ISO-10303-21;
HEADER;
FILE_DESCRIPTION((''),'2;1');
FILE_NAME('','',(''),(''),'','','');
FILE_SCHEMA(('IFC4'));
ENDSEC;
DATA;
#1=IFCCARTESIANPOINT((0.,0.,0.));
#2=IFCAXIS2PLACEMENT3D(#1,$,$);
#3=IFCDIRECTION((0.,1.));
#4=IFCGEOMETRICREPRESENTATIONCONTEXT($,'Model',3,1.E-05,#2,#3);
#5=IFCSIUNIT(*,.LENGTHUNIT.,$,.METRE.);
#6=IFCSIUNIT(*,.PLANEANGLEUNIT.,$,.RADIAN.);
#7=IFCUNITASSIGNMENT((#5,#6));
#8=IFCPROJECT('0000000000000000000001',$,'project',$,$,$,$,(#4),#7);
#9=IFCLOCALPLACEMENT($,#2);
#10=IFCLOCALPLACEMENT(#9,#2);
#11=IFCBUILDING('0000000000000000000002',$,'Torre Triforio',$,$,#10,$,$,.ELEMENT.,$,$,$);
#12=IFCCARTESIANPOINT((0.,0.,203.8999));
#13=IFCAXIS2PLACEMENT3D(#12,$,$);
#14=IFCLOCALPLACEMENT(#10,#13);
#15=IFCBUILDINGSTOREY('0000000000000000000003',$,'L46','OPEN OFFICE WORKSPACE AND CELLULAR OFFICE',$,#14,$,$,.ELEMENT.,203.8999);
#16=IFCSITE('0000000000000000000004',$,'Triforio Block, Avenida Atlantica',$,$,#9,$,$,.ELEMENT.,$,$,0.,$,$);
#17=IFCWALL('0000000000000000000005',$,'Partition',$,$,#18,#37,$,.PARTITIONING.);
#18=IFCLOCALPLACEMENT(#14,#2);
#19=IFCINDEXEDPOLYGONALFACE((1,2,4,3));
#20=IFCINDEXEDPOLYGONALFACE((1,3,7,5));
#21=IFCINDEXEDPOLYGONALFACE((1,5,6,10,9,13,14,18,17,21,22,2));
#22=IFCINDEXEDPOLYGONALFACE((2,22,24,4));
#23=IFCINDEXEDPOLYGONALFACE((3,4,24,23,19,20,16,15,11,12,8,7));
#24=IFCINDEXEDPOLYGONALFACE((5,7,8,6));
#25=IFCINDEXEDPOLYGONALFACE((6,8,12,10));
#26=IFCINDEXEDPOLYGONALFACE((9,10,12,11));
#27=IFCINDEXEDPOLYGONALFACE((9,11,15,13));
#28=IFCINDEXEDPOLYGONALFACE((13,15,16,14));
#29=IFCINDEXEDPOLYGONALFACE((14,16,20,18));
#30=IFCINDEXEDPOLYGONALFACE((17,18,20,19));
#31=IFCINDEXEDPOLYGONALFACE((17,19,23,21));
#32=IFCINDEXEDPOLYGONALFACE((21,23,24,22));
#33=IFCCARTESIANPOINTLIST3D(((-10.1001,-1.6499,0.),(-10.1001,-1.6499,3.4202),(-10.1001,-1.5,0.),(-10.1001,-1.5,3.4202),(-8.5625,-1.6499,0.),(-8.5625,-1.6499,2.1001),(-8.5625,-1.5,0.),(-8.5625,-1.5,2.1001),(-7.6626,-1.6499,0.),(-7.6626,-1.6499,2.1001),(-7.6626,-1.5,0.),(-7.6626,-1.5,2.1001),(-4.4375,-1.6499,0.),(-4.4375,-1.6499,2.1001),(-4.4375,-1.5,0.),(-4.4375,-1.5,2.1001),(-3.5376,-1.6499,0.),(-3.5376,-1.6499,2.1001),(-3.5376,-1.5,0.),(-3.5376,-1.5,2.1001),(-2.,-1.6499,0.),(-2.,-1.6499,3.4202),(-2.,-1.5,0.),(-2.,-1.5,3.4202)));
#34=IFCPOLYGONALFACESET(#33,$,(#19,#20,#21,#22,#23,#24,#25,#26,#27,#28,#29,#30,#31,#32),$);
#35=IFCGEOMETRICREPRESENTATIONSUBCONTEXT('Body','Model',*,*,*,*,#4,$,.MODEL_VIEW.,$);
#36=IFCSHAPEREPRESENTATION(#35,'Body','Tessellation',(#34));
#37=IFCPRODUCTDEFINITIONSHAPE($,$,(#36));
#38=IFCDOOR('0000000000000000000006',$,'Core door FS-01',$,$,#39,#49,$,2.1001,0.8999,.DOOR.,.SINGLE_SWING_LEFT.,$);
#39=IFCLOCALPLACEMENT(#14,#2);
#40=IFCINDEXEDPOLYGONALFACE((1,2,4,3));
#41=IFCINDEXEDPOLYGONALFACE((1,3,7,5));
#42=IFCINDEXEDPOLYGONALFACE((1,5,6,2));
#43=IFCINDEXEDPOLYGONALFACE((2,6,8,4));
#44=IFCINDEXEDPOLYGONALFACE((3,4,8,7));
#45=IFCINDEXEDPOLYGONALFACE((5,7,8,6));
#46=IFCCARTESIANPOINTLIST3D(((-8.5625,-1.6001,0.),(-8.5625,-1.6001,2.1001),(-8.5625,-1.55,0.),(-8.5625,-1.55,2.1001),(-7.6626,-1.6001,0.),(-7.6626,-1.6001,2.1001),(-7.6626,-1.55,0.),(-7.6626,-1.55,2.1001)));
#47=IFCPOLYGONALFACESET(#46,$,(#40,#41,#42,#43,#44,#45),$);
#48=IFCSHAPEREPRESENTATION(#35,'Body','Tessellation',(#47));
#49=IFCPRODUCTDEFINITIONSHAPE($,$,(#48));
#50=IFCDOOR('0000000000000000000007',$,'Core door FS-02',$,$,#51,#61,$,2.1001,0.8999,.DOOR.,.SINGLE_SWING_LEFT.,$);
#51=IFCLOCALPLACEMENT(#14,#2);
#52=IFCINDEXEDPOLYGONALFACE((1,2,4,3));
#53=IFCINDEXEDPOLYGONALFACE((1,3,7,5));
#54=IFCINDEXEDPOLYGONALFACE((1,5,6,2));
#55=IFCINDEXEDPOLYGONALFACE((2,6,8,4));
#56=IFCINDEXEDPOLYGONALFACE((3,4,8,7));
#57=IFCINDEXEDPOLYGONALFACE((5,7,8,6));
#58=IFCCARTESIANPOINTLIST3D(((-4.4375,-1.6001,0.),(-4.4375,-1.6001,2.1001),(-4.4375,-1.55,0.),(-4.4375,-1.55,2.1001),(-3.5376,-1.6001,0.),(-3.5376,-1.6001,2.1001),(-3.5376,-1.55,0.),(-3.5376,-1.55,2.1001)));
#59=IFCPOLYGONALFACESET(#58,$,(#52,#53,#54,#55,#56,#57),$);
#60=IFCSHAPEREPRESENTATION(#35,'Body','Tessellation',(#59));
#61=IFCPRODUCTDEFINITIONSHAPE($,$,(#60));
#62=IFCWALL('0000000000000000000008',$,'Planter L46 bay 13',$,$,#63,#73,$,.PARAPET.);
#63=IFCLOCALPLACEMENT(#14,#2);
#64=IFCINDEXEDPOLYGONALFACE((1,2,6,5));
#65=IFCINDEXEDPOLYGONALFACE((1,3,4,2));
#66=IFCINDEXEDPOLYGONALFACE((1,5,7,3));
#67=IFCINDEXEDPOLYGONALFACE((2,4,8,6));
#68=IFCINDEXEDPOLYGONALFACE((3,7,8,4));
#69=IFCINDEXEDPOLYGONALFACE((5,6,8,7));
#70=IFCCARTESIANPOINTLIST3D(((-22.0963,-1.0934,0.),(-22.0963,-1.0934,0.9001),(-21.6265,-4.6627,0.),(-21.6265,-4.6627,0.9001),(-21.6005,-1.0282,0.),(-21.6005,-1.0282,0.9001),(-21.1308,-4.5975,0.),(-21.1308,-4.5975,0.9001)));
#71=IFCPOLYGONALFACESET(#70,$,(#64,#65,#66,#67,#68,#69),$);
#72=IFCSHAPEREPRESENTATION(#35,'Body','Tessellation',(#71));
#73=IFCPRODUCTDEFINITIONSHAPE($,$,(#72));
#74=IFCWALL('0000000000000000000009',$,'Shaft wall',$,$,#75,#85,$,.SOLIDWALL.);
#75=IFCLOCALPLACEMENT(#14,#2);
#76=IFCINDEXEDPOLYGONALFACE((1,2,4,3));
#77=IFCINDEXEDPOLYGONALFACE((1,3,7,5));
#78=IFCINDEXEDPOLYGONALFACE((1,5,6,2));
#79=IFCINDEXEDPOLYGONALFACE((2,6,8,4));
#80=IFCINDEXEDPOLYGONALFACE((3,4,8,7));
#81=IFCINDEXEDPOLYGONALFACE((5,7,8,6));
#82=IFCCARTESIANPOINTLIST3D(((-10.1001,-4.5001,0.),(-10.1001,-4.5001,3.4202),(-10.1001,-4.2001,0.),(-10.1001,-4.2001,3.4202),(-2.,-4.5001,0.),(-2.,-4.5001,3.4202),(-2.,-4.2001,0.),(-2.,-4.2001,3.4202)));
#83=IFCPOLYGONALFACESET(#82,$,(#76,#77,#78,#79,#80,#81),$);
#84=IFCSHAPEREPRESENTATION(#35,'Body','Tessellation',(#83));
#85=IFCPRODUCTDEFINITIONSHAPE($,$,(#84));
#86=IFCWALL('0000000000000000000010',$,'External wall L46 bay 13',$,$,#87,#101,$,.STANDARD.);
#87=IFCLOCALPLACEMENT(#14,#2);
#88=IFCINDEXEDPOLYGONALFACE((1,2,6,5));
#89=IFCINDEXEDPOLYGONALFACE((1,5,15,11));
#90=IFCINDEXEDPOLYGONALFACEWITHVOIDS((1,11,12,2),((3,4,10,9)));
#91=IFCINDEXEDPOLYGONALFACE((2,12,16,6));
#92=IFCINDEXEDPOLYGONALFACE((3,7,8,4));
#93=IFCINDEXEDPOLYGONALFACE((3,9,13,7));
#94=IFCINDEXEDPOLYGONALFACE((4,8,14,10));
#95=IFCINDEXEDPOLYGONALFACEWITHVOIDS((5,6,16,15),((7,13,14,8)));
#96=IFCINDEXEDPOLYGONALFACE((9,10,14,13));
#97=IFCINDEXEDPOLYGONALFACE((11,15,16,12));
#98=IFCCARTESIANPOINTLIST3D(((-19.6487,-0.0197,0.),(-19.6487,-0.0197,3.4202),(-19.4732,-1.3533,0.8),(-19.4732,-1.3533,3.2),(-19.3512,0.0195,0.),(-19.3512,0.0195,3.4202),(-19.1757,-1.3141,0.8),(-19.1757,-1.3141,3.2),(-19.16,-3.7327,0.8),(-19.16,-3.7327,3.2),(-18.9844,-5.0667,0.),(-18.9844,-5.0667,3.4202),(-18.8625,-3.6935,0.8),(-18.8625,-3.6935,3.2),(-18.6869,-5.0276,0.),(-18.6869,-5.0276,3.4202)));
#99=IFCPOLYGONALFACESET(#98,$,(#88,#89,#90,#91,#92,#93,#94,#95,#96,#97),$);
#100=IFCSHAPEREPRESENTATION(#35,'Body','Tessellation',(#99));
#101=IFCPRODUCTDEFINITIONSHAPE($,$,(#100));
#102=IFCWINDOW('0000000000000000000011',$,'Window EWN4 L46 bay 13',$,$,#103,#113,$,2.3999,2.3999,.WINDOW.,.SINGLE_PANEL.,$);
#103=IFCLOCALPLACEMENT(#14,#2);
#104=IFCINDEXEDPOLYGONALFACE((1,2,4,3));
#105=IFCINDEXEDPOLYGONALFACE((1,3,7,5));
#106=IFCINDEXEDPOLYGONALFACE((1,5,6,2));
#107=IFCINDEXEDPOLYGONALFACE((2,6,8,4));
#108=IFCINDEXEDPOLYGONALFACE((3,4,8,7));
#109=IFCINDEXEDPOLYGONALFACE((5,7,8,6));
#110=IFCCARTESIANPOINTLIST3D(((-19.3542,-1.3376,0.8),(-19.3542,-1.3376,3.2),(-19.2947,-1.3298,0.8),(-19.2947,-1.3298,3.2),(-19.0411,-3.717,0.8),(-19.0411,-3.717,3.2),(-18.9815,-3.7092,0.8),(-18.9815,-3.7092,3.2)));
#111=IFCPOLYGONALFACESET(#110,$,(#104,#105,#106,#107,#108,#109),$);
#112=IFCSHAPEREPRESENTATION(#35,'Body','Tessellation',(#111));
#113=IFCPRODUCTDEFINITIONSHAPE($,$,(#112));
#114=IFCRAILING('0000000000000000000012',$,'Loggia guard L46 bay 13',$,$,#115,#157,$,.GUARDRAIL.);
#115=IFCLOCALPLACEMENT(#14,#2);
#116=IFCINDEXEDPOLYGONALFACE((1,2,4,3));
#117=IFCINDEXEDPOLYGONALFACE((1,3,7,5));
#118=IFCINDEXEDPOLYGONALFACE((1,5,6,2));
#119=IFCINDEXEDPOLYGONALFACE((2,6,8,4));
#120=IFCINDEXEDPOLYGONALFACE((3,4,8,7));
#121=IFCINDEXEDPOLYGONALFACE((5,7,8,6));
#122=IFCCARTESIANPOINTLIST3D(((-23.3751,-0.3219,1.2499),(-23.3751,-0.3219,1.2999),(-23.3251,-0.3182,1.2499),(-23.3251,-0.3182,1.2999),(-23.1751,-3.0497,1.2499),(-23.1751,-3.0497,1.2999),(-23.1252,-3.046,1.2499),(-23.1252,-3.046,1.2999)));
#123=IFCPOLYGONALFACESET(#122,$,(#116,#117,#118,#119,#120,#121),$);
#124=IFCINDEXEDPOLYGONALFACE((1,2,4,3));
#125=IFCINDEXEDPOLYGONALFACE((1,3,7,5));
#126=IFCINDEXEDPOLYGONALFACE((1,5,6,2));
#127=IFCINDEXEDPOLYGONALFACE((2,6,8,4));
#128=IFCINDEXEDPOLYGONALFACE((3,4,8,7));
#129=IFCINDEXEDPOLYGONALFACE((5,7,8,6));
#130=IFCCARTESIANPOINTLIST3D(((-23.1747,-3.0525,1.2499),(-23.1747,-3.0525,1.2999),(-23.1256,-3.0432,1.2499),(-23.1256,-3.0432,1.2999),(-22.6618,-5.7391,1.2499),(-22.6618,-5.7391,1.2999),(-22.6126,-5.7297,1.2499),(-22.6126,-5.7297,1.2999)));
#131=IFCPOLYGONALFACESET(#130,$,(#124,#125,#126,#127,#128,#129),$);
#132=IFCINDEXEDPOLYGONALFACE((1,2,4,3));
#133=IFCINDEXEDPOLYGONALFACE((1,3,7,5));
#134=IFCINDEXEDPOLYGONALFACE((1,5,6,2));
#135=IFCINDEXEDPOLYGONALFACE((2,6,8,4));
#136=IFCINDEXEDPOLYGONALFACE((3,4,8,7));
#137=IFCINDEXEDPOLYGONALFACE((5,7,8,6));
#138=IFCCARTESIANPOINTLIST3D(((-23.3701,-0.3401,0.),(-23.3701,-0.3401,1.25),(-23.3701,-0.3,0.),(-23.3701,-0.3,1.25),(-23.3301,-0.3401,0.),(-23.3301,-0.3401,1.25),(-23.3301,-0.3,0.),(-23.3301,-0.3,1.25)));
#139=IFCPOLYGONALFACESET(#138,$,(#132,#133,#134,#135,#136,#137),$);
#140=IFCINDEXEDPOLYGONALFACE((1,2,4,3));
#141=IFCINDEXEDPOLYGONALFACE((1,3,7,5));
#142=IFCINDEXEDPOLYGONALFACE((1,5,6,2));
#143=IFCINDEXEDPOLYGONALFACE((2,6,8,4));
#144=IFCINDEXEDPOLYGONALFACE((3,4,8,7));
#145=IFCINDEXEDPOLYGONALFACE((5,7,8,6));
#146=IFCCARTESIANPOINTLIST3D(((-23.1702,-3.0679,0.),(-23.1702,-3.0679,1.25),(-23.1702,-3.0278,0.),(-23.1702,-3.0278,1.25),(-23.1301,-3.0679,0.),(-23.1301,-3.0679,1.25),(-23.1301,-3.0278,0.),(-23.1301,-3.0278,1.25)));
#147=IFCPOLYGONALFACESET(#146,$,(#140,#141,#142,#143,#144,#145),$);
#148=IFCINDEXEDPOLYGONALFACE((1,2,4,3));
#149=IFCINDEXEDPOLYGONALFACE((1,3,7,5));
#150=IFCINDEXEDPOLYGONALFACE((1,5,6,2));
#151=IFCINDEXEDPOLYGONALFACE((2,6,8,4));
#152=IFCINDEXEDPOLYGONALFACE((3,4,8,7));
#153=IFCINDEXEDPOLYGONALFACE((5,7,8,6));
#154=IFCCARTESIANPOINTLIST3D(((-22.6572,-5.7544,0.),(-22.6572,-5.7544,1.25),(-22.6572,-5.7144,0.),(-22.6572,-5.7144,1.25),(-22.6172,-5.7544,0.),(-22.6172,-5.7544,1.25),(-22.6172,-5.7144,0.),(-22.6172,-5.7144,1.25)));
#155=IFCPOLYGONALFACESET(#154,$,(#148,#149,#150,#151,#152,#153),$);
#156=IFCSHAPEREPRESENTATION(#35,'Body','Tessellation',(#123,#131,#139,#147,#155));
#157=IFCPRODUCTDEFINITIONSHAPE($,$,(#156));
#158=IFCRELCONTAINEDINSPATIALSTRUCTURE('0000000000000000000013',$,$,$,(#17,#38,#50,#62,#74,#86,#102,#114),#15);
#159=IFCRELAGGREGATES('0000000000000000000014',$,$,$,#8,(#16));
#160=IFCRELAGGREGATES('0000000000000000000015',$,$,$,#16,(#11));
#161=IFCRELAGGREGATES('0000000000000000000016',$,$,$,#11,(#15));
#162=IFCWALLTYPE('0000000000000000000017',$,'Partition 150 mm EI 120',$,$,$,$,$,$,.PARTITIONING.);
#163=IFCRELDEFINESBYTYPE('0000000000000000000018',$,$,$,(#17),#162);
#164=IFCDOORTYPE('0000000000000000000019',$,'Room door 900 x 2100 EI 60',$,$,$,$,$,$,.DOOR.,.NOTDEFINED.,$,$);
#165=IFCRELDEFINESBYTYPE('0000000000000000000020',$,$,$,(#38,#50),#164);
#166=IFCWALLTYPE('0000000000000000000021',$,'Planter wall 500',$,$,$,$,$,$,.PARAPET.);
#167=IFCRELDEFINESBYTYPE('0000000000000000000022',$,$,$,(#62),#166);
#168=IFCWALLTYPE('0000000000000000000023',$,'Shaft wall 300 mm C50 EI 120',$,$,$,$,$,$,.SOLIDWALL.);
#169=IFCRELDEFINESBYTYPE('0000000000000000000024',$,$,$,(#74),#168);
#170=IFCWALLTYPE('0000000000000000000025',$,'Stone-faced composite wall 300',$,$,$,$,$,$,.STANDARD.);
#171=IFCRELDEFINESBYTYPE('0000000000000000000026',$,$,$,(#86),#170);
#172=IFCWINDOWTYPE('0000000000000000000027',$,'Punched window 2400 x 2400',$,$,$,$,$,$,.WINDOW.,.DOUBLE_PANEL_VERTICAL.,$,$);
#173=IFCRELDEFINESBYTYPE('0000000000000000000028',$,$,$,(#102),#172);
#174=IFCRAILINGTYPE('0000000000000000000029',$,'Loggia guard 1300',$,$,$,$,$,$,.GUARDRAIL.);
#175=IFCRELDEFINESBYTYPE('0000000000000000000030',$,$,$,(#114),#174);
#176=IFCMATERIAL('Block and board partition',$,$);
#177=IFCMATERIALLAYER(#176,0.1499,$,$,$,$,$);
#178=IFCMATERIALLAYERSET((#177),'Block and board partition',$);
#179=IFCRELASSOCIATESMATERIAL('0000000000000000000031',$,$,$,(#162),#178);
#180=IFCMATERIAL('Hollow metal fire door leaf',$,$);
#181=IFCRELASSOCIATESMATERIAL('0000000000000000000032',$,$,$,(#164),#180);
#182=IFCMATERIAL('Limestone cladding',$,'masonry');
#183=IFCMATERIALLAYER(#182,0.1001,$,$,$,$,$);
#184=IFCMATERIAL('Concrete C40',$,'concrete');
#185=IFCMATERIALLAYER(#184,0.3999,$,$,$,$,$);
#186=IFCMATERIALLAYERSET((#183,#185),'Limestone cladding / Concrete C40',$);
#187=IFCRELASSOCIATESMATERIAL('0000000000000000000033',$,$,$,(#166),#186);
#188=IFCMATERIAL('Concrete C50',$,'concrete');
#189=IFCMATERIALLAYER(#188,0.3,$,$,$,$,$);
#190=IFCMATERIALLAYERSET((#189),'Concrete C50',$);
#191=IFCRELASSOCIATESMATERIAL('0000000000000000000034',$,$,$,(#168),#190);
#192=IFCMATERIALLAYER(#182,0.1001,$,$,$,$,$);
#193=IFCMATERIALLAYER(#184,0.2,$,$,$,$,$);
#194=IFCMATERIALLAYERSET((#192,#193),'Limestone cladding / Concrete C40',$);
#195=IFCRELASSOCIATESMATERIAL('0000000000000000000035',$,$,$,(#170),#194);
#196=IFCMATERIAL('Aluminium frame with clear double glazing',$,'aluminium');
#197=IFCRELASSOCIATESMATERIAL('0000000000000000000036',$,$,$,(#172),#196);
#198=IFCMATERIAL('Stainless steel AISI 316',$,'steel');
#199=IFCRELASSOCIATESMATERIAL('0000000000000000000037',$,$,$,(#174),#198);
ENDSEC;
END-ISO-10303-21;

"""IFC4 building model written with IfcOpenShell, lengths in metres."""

from ifc_helpers import new_model, si_unit, direction, frame, frame_2d, origin, origin_2d, place, context, subcontext, project, spatial, rectangle, extrude, material, layer, layer_set, type_object, element, fill, save


model = new_model("IFC4")

# Units and contexts
model_context = context("Model", 3, precision=1e-05, world=origin(), true_north=direction((0.0, 1.0)))
body_context = subcontext(model_context, "Body", "Model", "MODEL_VIEW")
ifc_project = project(units=[si_unit("LENGTHUNIT", "METRE"), si_unit("PLANEANGLEUNIT", "RADIAN")], contexts=[model_context])

# Site, building, storey
site_placement = place(None, origin())
site = spatial("IfcSite", under=ifc_project, at=site_placement, Name="Triforio Block, Avenida Atlantica", CompositionType="ELEMENT", RefElevation=0.0)
building_placement = place(site_placement, origin())
building = spatial("IfcBuilding", under=site, at=building_placement, Name="Torre Triforio", CompositionType="ELEMENT")
storey_placement = place(building_placement, frame((0.0, 0.0, 203.8999)))
storey = spatial("IfcBuildingStorey", under=building, at=storey_placement, Name="L46", Description="OPEN OFFICE WORKSPACE AND CELLULAR OFFICE", CompositionType="ELEMENT", Elevation=203.8999)

# Shared definitions
ifc_material_1 = material(Name="Concrete C50", Category="concrete")

# Shared definitions
ifc_material_2 = material(Name="Concrete C40", Category="concrete")

# Shared definitions
ifc_material_3 = material(Name="Hollow metal fire door leaf")

# Wall, openings, doors
ifc_material_4 = material(Name="Block and board partition")
ifc_layer_1 = layer(ifc_material_4, 0.1499)
ifc_layer_set_1 = layer_set([ifc_layer_1], Name="Block and board partition")
wall_type_1 = type_object("IfcWallType", Name="Partition 150 mm EI 120", PredefinedType="PARTITIONING", material=ifc_layer_set_1)
wall_1_placement = place(storey_placement, frame((-10.1001, -1.575, 0.0), z_axis=(0.0, 0.0, 1.0), x_axis=(1.0, 0.0, 0.0)))
wall_1 = element("IfcWall", 1, at=wall_1_placement, inside=storey, type_object=wall_type_1, Name="Partition", PredefinedType="PARTITIONING", context=body_context, shape_type="SweptSolid", body=[
    extrude(rectangle(XDim=8.1001, YDim=0.1499, at=frame_2d((4.05, 0.0))), origin(), (0.0, 0.0, 1.0), 3.4202),
])
opening_1_placement = place(wall_1_placement, frame((1.5376, 0.0, 0.0)))
opening_1 = element("IfcOpeningElement", 2, at=opening_1_placement, cuts=wall_1, PredefinedType="OPENING", context=body_context, shape_type="SweptSolid", body=[
    extrude(rectangle(XDim=0.8999, YDim=2.1001, at=frame_2d((0.45, 1.05))), frame((0.0, 0.085, 0.0), z_axis=(0.0, -1.0, 0.0), x_axis=(1.0, 0.0, 0.0)), (0.0, 0.0, 1.0), 0.1699),
])
opening_2_placement = place(wall_1_placement, frame((5.6626, 0.0, 0.0)))
opening_2 = element("IfcOpeningElement", 3, at=opening_2_placement, cuts=wall_1, PredefinedType="OPENING", context=body_context, shape_type="SweptSolid", body=[
    extrude(rectangle(XDim=0.8999, YDim=2.1001, at=frame_2d((0.45, 1.05))), frame((0.0, 0.085, 0.0), z_axis=(0.0, -1.0, 0.0), x_axis=(1.0, 0.0, 0.0)), (0.0, 0.0, 1.0), 0.1699),
])
door_type_1 = type_object("IfcDoorType", Name="Room door 900 x 2100 EI 60", OperationType="NOTDEFINED", PredefinedType="DOOR", material=ifc_material_3)
door_1_placement = place(opening_1_placement, origin())
door_1 = element("IfcDoor", 4, at=door_1_placement, inside=storey, type_object=door_type_1, Name="Core door FS-01", OperationType="SINGLE_SWING_LEFT", OverallHeight=2.1001, OverallWidth=0.8999, PredefinedType="DOOR", context=body_context, shape_type="SweptSolid", body=[
    extrude(rectangle(XDim=0.8999, YDim=2.1001, at=frame_2d((0.45, 1.05))), frame((0.0, 0.0249, 0.0), z_axis=(0.0, -1.0, 0.0), x_axis=(1.0, 0.0, 0.0)), (0.0, 0.0, 1.0), 0.05),
])
fill(opening_1, door_1)
door_2_placement = place(opening_2_placement, origin())
door_2 = element("IfcDoor", 5, at=door_2_placement, inside=storey, type_object=door_type_1, Name="Core door FS-02", OperationType="SINGLE_SWING_LEFT", OverallHeight=2.1001, OverallWidth=0.8999, PredefinedType="DOOR", context=body_context, shape_type="SweptSolid", body=[
    extrude(rectangle(XDim=0.8999, YDim=2.1001, at=frame_2d((0.45, 1.05))), frame((0.0, 0.0249, 0.0), z_axis=(0.0, -1.0, 0.0), x_axis=(1.0, 0.0, 0.0)), (0.0, 0.0, 1.0), 0.05),
])
fill(opening_2, door_2)

# Walls
ifc_material_5 = material(Name="Limestone cladding", Category="masonry")
ifc_layer_2 = layer(ifc_material_5, 0.1001)
ifc_layer_3 = layer(ifc_material_2, 0.3999)
ifc_layer_set_2 = layer_set([ifc_layer_2, ifc_layer_3], Name="Limestone cladding / Concrete C40")
wall_type_2 = type_object("IfcWallType", Name="Planter wall 500", PredefinedType="PARAPET", material=ifc_layer_set_2)
wall_2_placement = place(storey_placement, frame((-21.8484, -1.0608, 0.0), z_axis=(0.0, 0.0, 1.0), x_axis=(0.130476, -0.991452, 0.0)))
element("IfcWall", 6, at=wall_2_placement, inside=storey, type_object=wall_type_2, Name="Planter L46 bay 13", PredefinedType="PARAPET", context=body_context, shape_type="SweptSolid", body=[
    extrude(rectangle(XDim=3.6001, YDim=0.5, at=frame_2d((1.8, 0.0))), origin(), (0.0, 0.0, 1.0), 0.9001),
])
ifc_layer_4 = layer(ifc_material_1, 0.3)
ifc_layer_set_3 = layer_set([ifc_layer_4], Name="Concrete C50")
wall_type_3 = type_object("IfcWallType", Name="Shaft wall 300 mm C50 EI 120", PredefinedType="SOLIDWALL", material=ifc_layer_set_3)
wall_3_placement = place(storey_placement, frame((-10.1001, -4.3501, 0.0), z_axis=(0.0, 0.0, 1.0), x_axis=(1.0, 0.0, 0.0)))
element("IfcWall", 7, at=wall_3_placement, inside=storey, type_object=wall_type_3, Name="Shaft wall", PredefinedType="SOLIDWALL", context=body_context, shape_type="SweptSolid", body=[
    extrude(rectangle(XDim=8.1001, YDim=0.3, at=frame_2d((4.05, 0.0))), origin(), (0.0, 0.0, 1.0), 3.4202),
])

# Wall, opening, window
ifc_layer_5 = layer(ifc_material_5, 0.1001)
ifc_layer_6 = layer(ifc_material_2, 0.2)
ifc_layer_set_4 = layer_set([ifc_layer_5, ifc_layer_6], Name="Limestone cladding / Concrete C40")
wall_type_4 = type_object("IfcWallType", Name="Stone-faced composite wall 300", PredefinedType="STANDARD", material=ifc_layer_set_4)
wall_4_placement = place(storey_placement, frame((-19.5, 0.0, 0.0), z_axis=(0.0, 0.0, 1.0), x_axis=(0.130495, -0.991449, 0.0)))
wall_4 = element("IfcWall", 8, at=wall_4_placement, inside=storey, type_object=wall_type_4, Name="External wall L46 bay 13", PredefinedType="STANDARD", context=body_context, shape_type="SweptSolid", body=[
    extrude(rectangle(XDim=5.0906, YDim=0.3, at=frame_2d((2.5454, 0.0))), origin(), (0.0, 0.0, 1.0), 3.4202),
])
opening_3_placement = place(wall_4_placement, frame((1.3452, 0.0, 0.8)))
opening_3 = element("IfcOpeningElement", 9, at=opening_3_placement, cuts=wall_4, PredefinedType="OPENING", context=body_context, shape_type="SweptSolid", body=[
    extrude(rectangle(XDim=2.3999, YDim=2.3999, at=frame_2d((1.2, 1.2))), frame((0.0, 0.1599, 0.0), z_axis=(0.0, -1.0, 0.0), x_axis=(1.0, 0.0, 0.0)), (0.0, 0.0, 1.0), 0.3201),
])
ifc_material_6 = material(Name="Aluminium frame with clear double glazing", Category="aluminium")
window_type_1 = type_object("IfcWindowType", Name="Punched window 2400 x 2400", PartitioningType="DOUBLE_PANEL_VERTICAL", PredefinedType="WINDOW", material=ifc_material_6)
window_1_placement = place(opening_3_placement, origin())
window_1 = element("IfcWindow", 10, at=window_1_placement, inside=storey, type_object=window_type_1, Name="Window EWN4 L46 bay 13", OverallHeight=2.3999, OverallWidth=2.3999, PartitioningType="SINGLE_PANEL", PredefinedType="WINDOW", context=body_context, shape_type="SweptSolid", body=[
    extrude(rectangle(XDim=2.3999, YDim=2.3999, at=frame_2d((1.2, 1.2))), frame((0.0, 0.03, 0.0), z_axis=(0.0, -1.0, 0.0), x_axis=(1.0, 0.0, 0.0)), (0.0, 0.0, 1.0), 0.0601),
])
fill(opening_3, window_1)

# Railing
ifc_material_7 = material(Name="Stainless steel AISI 316", Category="steel")
railing_type = type_object("IfcRailingType", Name="Loggia guard 1300", PredefinedType="GUARDRAIL", material=ifc_material_7)
railing_placement = place(storey_placement, frame((-23.3501, -0.3201, 0.0)))
element("IfcRailing", 11, at=railing_placement, inside=storey, type_object=railing_type, Name="Loggia guard L46 bay 13", PredefinedType="GUARDRAIL", context=body_context, shape_type="SweptSolid", body=[
    extrude(rectangle(XDim=0.05, YDim=0.05, at=origin_2d()), frame((0.0, 0.0, 1.2749), z_axis=(0.073106, -0.997324, 0.0), x_axis=(0.997324, 0.073106, 0.0)), (0.0, 0.0, 1.0), 2.7351),
    extrude(rectangle(XDim=0.05, YDim=0.05, at=origin_2d()), frame((0.2, -2.7278, 1.2749), z_axis=(0.187543, -0.982256, 0.0), x_axis=(0.982256, 0.187543, 0.0)), (0.0, 0.0, 1.0), 2.7351),
    extrude(rectangle(XDim=0.04, YDim=0.04, at=origin_2d()), origin(), (0.0, 0.0, 1.0), 1.25),
    extrude(rectangle(XDim=0.04, YDim=0.04, at=origin_2d()), frame((0.2, -2.7278, 0.0)), (0.0, 0.0, 1.0), 1.25),
    extrude(rectangle(XDim=0.04, YDim=0.04, at=origin_2d()), frame((0.7129, -5.4143, 0.0)), (0.0, 0.0, 1.0), 1.25),
])

save(model, "model.ifc")
